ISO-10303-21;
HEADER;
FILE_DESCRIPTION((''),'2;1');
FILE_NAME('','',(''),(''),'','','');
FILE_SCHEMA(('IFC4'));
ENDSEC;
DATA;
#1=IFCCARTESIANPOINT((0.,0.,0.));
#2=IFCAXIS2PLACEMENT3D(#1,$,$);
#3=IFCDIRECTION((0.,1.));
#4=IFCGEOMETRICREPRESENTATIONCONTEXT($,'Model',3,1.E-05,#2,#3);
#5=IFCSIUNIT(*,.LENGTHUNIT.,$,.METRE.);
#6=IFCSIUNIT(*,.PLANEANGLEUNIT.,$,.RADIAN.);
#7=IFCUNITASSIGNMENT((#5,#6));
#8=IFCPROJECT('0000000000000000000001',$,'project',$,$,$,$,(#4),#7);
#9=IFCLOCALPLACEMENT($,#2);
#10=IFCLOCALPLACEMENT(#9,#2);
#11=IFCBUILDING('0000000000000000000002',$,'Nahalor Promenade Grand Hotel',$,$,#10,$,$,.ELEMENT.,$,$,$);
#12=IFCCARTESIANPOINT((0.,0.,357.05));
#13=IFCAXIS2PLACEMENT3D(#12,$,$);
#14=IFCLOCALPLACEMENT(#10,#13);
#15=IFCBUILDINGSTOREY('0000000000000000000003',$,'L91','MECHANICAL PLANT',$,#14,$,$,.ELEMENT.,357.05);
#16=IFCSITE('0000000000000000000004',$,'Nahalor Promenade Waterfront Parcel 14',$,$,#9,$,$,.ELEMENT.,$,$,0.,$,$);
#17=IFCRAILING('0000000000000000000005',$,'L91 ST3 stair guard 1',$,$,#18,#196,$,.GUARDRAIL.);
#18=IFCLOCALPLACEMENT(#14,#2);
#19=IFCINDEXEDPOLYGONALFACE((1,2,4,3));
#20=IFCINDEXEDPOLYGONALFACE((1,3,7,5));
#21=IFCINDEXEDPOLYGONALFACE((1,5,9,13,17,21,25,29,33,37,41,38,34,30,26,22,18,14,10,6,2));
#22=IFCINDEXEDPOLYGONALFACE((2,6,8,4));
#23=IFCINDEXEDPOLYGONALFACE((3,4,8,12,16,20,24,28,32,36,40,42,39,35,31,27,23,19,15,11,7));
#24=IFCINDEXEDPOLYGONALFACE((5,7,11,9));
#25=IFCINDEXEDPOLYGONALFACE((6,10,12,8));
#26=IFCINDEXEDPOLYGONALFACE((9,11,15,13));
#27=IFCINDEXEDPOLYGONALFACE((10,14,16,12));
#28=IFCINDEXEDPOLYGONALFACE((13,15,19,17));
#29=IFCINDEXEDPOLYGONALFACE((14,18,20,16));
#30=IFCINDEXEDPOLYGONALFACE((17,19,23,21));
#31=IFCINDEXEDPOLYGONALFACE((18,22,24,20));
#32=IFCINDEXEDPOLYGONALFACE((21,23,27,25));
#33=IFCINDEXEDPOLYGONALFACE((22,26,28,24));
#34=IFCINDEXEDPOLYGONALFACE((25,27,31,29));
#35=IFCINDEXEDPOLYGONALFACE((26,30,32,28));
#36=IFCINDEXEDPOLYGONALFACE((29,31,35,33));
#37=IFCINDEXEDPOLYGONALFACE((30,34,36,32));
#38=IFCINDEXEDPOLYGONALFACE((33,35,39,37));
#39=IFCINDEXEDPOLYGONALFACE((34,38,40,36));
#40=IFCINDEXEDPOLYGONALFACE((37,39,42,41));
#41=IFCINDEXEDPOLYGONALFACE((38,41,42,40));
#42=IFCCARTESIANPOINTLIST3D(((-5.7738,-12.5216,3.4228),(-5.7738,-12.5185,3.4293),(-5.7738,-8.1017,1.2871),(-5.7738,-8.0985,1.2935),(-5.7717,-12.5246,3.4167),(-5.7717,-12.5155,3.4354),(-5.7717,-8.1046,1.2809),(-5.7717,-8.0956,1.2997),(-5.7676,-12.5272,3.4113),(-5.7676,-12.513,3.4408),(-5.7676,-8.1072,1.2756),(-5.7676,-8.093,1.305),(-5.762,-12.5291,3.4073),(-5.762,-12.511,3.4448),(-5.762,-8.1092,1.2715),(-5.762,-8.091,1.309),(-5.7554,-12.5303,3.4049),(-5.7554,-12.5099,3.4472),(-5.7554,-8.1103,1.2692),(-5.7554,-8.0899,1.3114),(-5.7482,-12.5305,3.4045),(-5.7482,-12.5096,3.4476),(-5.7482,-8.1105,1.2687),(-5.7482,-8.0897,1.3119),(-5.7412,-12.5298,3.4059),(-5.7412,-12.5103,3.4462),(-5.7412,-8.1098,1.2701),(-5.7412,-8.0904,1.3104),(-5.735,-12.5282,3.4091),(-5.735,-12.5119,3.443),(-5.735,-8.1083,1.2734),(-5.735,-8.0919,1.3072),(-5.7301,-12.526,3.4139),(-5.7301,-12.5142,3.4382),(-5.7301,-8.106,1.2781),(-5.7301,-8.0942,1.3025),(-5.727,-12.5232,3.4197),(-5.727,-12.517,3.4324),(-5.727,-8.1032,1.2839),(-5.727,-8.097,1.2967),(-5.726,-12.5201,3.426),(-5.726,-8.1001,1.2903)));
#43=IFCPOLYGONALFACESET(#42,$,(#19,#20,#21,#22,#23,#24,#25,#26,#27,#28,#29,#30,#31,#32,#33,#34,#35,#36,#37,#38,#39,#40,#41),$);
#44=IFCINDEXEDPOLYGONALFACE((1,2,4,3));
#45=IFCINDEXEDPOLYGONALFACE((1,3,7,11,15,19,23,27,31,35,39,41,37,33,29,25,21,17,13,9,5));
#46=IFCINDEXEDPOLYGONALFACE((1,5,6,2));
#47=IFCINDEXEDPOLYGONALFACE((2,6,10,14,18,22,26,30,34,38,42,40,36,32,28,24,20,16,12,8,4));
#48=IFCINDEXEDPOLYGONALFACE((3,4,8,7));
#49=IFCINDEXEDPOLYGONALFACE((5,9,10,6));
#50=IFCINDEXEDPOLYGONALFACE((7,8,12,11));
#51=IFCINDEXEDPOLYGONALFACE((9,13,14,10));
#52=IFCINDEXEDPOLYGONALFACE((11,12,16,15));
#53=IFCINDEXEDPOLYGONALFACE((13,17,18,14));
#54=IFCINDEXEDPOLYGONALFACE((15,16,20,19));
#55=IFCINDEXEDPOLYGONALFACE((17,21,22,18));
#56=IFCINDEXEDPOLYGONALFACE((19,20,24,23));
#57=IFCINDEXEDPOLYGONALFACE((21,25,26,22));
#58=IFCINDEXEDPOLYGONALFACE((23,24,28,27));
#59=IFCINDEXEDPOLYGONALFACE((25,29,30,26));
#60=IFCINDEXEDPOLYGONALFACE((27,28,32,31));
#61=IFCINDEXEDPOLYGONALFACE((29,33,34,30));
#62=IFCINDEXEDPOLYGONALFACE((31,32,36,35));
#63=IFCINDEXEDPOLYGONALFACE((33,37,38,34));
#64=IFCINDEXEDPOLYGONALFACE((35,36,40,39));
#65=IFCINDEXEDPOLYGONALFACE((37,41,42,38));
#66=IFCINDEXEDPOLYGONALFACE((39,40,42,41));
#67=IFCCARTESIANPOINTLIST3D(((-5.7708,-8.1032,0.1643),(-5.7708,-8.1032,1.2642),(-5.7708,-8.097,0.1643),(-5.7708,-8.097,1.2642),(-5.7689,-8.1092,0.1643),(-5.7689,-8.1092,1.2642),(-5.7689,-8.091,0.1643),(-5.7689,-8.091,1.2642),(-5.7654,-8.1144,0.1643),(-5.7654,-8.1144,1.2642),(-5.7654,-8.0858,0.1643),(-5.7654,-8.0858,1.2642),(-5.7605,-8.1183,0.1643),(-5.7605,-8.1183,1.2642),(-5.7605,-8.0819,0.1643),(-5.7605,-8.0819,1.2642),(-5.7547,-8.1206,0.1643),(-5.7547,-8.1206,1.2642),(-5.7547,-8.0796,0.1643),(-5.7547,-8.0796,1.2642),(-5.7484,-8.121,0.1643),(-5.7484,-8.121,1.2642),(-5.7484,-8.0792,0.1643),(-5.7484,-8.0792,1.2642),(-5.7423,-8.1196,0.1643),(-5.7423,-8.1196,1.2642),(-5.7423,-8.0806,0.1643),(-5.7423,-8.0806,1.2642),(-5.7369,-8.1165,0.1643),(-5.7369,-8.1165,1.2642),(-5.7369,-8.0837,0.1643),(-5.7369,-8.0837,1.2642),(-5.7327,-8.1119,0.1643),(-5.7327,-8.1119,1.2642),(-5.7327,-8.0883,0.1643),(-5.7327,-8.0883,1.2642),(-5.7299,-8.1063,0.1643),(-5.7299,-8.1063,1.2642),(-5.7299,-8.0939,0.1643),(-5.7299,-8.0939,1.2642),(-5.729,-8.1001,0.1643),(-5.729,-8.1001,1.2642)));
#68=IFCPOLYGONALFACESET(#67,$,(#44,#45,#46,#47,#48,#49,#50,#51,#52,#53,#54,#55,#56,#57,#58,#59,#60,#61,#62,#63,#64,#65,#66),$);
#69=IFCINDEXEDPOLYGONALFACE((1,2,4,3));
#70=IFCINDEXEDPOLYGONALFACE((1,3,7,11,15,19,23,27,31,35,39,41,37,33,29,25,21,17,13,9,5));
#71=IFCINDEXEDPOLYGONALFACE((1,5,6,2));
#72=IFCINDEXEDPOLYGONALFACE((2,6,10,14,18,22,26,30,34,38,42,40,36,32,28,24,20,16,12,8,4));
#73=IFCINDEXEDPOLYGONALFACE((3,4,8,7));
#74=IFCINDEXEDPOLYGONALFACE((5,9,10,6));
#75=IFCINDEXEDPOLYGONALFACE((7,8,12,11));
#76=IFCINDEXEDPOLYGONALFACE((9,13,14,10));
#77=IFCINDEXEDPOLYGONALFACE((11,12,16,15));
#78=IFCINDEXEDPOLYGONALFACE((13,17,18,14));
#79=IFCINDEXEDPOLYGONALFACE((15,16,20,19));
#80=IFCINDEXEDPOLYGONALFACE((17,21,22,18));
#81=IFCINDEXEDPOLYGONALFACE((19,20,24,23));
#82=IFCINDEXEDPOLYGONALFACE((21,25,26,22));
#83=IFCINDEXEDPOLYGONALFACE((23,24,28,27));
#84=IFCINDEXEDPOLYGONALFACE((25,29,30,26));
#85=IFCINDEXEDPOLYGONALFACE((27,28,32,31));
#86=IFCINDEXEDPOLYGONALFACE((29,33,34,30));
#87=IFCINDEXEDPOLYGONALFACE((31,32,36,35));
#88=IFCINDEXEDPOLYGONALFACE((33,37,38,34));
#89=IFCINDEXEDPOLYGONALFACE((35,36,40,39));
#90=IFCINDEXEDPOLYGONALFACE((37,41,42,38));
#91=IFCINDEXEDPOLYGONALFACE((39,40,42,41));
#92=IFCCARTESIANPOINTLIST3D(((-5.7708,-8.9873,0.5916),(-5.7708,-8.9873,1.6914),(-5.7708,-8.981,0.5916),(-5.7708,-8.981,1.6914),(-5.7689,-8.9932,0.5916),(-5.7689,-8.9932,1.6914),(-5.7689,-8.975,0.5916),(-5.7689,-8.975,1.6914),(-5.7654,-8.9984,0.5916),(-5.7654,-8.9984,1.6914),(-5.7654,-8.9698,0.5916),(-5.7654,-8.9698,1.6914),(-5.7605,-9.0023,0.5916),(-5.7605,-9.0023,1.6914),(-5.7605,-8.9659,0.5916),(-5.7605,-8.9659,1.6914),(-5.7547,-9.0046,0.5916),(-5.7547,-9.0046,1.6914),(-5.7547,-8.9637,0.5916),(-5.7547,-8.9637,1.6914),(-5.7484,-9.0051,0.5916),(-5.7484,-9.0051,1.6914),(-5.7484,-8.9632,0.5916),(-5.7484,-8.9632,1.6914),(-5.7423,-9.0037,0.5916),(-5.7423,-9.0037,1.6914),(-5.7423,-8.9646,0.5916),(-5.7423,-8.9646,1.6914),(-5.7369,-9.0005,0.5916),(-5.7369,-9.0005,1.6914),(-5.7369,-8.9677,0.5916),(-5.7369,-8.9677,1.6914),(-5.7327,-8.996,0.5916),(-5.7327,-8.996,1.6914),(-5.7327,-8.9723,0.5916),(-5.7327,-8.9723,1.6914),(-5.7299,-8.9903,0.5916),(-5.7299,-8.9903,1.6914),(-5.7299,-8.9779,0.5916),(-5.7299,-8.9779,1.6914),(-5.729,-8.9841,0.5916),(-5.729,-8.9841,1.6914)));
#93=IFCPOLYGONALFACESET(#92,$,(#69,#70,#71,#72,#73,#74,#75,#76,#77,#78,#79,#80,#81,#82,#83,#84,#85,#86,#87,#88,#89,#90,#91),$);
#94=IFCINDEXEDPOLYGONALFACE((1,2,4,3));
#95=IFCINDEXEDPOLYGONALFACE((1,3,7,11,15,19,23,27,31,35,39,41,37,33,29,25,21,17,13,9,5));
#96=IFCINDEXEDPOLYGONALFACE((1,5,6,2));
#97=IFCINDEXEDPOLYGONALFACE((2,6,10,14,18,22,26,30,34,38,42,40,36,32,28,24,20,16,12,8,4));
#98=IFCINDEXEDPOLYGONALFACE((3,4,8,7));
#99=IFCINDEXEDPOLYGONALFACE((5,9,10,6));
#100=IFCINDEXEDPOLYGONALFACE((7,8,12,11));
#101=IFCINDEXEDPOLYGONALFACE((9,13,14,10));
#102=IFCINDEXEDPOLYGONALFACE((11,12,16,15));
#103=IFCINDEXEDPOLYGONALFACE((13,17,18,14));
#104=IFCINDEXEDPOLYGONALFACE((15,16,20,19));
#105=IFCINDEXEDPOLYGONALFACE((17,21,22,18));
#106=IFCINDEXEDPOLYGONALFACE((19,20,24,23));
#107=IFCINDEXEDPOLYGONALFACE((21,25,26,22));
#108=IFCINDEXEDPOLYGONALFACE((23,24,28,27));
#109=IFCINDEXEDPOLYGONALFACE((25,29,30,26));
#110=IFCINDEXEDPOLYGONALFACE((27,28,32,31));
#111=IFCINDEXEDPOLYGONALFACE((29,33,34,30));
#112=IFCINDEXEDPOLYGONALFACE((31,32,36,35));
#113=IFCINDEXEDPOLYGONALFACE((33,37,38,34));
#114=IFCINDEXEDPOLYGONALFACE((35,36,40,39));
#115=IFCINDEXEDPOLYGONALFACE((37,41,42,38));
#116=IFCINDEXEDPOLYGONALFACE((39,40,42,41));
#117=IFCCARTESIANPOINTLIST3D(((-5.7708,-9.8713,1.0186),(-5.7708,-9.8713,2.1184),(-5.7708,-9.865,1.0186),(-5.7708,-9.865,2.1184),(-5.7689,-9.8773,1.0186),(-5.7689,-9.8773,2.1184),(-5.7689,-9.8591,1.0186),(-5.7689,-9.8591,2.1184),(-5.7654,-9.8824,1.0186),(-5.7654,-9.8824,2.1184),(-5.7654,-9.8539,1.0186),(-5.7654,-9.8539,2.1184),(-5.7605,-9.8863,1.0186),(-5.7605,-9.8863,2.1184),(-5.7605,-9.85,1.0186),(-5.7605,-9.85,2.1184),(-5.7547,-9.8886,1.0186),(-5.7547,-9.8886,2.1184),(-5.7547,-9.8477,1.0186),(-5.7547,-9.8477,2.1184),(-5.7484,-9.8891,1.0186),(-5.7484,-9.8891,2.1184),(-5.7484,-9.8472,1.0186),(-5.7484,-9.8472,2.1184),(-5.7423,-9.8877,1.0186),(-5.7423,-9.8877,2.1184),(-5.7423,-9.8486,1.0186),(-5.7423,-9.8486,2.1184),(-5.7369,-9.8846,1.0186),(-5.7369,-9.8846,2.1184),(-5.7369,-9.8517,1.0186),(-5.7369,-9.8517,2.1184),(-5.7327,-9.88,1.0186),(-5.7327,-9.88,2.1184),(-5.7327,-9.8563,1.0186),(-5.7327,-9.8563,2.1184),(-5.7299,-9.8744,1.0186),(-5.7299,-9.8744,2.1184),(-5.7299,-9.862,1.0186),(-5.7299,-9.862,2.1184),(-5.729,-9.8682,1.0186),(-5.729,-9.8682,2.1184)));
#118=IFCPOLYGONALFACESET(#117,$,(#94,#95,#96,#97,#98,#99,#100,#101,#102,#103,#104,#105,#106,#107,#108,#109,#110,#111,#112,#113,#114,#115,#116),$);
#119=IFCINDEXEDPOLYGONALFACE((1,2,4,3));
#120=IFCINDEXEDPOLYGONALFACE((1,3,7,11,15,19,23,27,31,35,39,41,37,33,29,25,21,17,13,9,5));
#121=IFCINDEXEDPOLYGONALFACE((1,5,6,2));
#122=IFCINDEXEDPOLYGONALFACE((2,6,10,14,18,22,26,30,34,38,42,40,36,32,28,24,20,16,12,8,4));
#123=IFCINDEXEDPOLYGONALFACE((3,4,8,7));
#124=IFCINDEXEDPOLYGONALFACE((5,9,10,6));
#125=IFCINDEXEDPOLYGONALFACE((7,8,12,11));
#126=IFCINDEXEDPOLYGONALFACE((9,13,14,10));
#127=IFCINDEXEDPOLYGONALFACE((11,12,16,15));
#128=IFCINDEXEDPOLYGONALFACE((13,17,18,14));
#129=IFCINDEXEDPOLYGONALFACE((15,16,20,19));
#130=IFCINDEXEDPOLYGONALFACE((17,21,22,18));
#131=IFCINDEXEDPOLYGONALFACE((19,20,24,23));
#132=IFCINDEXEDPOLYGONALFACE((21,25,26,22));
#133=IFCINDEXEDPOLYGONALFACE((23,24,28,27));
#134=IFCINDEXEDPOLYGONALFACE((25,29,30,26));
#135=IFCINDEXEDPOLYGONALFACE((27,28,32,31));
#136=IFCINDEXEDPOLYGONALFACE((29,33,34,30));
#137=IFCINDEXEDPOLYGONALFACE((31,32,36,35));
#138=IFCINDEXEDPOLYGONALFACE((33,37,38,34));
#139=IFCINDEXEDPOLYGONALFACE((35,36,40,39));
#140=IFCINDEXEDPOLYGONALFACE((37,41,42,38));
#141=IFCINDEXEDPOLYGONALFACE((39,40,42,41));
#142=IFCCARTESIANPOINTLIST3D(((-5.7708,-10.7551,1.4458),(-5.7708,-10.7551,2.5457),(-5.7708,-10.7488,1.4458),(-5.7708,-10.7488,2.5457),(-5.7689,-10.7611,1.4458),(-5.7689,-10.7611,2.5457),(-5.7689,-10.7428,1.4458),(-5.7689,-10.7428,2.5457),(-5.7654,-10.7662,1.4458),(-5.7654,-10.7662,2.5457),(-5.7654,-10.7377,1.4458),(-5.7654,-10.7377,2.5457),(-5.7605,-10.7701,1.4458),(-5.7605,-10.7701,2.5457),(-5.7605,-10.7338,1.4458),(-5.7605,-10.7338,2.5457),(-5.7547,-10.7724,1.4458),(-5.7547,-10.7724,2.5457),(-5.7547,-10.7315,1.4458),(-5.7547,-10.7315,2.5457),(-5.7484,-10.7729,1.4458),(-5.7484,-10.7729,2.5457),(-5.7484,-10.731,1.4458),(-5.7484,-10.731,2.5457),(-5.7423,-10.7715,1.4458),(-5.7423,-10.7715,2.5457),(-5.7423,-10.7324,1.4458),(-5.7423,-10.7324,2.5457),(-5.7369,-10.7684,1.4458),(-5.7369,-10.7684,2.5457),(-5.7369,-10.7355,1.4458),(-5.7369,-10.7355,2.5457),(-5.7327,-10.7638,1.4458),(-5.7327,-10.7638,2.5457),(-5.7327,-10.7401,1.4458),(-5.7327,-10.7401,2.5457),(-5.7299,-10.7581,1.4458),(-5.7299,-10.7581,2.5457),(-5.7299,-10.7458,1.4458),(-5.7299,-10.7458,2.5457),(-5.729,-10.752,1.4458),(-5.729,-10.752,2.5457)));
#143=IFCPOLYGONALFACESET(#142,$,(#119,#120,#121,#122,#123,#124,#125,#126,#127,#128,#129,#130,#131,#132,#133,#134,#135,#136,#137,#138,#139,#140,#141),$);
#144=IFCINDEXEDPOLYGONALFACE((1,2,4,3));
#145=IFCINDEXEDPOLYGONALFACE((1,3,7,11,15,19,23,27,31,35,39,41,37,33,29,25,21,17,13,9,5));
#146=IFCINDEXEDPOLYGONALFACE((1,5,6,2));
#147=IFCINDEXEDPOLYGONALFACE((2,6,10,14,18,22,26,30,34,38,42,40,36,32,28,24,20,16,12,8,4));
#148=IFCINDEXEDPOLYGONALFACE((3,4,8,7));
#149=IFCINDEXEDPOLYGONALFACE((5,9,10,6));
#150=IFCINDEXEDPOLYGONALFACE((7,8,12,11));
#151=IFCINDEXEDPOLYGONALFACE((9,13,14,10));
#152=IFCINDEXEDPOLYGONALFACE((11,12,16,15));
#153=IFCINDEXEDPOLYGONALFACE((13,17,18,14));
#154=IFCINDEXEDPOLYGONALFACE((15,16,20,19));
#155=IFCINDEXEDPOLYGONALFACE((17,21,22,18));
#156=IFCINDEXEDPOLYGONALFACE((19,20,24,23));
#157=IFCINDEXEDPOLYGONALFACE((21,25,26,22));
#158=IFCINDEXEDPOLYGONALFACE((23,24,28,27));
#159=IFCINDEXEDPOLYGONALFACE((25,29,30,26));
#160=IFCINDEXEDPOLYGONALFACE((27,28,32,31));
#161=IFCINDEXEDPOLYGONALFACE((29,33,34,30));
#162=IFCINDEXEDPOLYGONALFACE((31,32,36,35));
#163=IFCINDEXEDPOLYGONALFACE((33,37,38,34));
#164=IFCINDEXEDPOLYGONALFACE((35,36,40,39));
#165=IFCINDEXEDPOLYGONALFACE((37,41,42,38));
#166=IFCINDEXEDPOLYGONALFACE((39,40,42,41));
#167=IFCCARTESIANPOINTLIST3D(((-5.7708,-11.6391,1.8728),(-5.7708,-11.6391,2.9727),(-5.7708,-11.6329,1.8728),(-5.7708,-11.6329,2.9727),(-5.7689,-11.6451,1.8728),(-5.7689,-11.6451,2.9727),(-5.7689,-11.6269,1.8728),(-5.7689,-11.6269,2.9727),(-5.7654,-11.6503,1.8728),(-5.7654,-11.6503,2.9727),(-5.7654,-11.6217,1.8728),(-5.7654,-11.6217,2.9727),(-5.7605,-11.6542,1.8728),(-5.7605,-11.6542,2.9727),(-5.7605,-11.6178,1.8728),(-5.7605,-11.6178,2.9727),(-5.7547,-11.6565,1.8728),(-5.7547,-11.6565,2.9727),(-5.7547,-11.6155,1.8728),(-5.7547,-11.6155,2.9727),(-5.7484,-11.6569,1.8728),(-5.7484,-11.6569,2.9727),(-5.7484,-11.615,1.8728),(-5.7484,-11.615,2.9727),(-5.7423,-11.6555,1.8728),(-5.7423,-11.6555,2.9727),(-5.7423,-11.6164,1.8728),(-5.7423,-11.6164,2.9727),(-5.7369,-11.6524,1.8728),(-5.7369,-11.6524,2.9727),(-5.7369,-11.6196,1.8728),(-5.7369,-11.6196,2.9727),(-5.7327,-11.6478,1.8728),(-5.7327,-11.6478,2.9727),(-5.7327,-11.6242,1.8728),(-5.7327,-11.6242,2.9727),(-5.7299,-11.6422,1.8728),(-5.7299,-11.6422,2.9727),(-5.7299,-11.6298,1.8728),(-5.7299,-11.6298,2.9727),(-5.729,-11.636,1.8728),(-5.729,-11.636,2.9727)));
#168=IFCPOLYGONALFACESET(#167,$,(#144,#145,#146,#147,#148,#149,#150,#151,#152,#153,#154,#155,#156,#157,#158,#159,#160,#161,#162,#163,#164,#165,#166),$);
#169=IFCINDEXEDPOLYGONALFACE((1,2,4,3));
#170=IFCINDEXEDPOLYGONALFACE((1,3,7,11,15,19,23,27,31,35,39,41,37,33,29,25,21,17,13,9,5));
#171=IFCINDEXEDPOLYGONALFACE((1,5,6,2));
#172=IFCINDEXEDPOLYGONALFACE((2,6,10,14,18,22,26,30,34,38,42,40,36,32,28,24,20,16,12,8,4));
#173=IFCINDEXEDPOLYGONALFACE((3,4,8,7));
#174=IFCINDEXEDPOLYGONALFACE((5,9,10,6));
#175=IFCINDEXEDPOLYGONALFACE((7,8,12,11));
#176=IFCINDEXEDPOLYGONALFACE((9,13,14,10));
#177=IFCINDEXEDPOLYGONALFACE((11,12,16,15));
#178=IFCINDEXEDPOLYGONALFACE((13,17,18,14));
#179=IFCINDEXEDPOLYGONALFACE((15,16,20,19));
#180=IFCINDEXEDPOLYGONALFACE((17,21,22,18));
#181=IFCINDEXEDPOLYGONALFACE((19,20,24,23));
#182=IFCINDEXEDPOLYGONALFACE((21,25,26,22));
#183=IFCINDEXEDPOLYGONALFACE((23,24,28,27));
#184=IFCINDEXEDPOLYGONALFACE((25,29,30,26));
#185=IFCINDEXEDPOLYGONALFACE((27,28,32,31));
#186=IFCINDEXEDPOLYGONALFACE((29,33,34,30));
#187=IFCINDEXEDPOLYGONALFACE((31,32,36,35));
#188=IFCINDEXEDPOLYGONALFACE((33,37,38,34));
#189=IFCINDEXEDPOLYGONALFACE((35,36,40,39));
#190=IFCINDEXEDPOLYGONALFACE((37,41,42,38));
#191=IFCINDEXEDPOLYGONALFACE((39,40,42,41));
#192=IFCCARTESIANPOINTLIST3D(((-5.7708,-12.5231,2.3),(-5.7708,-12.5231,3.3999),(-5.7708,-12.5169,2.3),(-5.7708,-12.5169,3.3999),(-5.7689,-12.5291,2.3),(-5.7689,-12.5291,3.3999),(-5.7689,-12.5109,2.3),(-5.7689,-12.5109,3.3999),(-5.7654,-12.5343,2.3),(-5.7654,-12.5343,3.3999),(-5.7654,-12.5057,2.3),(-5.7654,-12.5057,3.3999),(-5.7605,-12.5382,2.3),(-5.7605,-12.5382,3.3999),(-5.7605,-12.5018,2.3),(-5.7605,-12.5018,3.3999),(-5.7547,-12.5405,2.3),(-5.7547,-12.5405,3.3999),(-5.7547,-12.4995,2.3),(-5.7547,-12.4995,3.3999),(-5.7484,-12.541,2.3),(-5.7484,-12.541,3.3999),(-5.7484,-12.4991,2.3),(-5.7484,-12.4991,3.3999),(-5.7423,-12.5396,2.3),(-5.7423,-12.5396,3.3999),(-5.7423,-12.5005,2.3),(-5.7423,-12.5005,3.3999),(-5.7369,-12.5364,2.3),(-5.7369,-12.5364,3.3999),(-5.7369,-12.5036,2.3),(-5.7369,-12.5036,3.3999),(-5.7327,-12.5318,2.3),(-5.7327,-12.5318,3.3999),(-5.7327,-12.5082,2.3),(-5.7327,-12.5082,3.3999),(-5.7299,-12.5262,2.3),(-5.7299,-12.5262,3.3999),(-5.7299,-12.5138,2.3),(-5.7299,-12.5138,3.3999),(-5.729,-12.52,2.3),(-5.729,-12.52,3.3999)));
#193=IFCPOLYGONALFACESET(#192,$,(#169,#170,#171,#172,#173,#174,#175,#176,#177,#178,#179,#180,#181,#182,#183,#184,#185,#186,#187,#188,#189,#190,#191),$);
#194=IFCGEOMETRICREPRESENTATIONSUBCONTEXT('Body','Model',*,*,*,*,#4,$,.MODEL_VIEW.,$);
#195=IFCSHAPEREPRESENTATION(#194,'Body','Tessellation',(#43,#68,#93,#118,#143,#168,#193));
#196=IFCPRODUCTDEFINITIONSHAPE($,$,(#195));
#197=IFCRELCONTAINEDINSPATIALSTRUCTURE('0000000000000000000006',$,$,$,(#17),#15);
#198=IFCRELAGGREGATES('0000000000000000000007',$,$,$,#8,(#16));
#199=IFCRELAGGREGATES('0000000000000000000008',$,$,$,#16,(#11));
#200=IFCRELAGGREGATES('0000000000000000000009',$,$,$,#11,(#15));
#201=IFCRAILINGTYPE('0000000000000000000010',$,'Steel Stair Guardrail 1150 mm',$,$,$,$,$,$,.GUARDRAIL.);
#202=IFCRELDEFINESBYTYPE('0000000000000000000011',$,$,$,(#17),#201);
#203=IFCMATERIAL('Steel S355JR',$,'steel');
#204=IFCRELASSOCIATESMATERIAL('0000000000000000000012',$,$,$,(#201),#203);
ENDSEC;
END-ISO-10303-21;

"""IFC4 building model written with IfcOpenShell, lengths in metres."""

from ifc_helpers import new_model, si_unit, direction, frame, origin, origin_2d, place, context, subcontext, project, spatial, circle, extrude, material, type_object, element, save


model = new_model("IFC4")

# Units and contexts
model_context = context("Model", 3, precision=1e-05, world=origin(), true_north=direction((0.0, 1.0)))
body_context = subcontext(model_context, "Body", "Model", "MODEL_VIEW")
ifc_project = project(units=[si_unit("LENGTHUNIT", "METRE"), si_unit("PLANEANGLEUNIT", "RADIAN")], contexts=[model_context])

# Site, building, storey
site_placement = place(None, origin())
site = spatial("IfcSite", under=ifc_project, at=site_placement, Name="Nahalor Promenade Waterfront Parcel 14", CompositionType="ELEMENT", RefElevation=0.0)
building_placement = place(site_placement, origin())
building = spatial("IfcBuilding", under=site, at=building_placement, Name="Nahalor Promenade Grand Hotel", CompositionType="ELEMENT")
storey_placement = place(building_placement, frame((0.0, 0.0, 357.05)))
storey = spatial("IfcBuildingStorey", under=building, at=storey_placement, Name="L91", Description="MECHANICAL PLANT", CompositionType="ELEMENT", Elevation=357.05)

# Shared definitions
ifc_material_1 = material(Name="Steel S355JR", Category="steel")

# Railing
railing_type_1 = type_object("IfcRailingType", Name="Steel Stair Guardrail 1150 mm", PredefinedType="GUARDRAIL", material=ifc_material_1)
railing_1_placement = place(storey_placement, frame((-5.75, -8.1001, 0.1643)))
element("IfcRailing", 1, at=railing_1_placement, inside=storey, type_object=railing_type_1, Name="L91 ST3 stair guard 1", PredefinedType="GUARDRAIL", context=body_context, shape_type="SweptSolid", body=[
    extrude(circle(Radius=0.024, at=origin_2d()), frame((0.0, 0.0, 1.126), z_axis=(0.0, -0.900393, 0.435077), x_axis=(1.0, 0.0, 0.0)), (0.0, 0.0, 1.0), 4.9089),
    extrude(circle(Radius=0.021, at=origin_2d()), origin(), (0.0, 0.0, 1.0), 1.0999),
    extrude(circle(Radius=0.021, at=origin_2d()), frame((0.0, -0.884, 0.4272)), (0.0, 0.0, 1.0), 1.0999),
    extrude(circle(Radius=0.021, at=origin_2d()), frame((0.0, -1.7681, 0.8542)), (0.0, 0.0, 1.0), 1.0999),
    extrude(circle(Radius=0.021, at=origin_2d()), frame((0.0, -2.6519, 1.2815)), (0.0, 0.0, 1.0), 1.0999),
    extrude(circle(Radius=0.021, at=origin_2d()), frame((0.0, -3.5359, 1.7085)), (0.0, 0.0, 1.0), 1.0999),
    extrude(circle(Radius=0.021, at=origin_2d()), frame((0.0, -4.4199, 2.1357)), (0.0, 0.0, 1.0), 1.0999),
])

save(model, "model.ifc")
